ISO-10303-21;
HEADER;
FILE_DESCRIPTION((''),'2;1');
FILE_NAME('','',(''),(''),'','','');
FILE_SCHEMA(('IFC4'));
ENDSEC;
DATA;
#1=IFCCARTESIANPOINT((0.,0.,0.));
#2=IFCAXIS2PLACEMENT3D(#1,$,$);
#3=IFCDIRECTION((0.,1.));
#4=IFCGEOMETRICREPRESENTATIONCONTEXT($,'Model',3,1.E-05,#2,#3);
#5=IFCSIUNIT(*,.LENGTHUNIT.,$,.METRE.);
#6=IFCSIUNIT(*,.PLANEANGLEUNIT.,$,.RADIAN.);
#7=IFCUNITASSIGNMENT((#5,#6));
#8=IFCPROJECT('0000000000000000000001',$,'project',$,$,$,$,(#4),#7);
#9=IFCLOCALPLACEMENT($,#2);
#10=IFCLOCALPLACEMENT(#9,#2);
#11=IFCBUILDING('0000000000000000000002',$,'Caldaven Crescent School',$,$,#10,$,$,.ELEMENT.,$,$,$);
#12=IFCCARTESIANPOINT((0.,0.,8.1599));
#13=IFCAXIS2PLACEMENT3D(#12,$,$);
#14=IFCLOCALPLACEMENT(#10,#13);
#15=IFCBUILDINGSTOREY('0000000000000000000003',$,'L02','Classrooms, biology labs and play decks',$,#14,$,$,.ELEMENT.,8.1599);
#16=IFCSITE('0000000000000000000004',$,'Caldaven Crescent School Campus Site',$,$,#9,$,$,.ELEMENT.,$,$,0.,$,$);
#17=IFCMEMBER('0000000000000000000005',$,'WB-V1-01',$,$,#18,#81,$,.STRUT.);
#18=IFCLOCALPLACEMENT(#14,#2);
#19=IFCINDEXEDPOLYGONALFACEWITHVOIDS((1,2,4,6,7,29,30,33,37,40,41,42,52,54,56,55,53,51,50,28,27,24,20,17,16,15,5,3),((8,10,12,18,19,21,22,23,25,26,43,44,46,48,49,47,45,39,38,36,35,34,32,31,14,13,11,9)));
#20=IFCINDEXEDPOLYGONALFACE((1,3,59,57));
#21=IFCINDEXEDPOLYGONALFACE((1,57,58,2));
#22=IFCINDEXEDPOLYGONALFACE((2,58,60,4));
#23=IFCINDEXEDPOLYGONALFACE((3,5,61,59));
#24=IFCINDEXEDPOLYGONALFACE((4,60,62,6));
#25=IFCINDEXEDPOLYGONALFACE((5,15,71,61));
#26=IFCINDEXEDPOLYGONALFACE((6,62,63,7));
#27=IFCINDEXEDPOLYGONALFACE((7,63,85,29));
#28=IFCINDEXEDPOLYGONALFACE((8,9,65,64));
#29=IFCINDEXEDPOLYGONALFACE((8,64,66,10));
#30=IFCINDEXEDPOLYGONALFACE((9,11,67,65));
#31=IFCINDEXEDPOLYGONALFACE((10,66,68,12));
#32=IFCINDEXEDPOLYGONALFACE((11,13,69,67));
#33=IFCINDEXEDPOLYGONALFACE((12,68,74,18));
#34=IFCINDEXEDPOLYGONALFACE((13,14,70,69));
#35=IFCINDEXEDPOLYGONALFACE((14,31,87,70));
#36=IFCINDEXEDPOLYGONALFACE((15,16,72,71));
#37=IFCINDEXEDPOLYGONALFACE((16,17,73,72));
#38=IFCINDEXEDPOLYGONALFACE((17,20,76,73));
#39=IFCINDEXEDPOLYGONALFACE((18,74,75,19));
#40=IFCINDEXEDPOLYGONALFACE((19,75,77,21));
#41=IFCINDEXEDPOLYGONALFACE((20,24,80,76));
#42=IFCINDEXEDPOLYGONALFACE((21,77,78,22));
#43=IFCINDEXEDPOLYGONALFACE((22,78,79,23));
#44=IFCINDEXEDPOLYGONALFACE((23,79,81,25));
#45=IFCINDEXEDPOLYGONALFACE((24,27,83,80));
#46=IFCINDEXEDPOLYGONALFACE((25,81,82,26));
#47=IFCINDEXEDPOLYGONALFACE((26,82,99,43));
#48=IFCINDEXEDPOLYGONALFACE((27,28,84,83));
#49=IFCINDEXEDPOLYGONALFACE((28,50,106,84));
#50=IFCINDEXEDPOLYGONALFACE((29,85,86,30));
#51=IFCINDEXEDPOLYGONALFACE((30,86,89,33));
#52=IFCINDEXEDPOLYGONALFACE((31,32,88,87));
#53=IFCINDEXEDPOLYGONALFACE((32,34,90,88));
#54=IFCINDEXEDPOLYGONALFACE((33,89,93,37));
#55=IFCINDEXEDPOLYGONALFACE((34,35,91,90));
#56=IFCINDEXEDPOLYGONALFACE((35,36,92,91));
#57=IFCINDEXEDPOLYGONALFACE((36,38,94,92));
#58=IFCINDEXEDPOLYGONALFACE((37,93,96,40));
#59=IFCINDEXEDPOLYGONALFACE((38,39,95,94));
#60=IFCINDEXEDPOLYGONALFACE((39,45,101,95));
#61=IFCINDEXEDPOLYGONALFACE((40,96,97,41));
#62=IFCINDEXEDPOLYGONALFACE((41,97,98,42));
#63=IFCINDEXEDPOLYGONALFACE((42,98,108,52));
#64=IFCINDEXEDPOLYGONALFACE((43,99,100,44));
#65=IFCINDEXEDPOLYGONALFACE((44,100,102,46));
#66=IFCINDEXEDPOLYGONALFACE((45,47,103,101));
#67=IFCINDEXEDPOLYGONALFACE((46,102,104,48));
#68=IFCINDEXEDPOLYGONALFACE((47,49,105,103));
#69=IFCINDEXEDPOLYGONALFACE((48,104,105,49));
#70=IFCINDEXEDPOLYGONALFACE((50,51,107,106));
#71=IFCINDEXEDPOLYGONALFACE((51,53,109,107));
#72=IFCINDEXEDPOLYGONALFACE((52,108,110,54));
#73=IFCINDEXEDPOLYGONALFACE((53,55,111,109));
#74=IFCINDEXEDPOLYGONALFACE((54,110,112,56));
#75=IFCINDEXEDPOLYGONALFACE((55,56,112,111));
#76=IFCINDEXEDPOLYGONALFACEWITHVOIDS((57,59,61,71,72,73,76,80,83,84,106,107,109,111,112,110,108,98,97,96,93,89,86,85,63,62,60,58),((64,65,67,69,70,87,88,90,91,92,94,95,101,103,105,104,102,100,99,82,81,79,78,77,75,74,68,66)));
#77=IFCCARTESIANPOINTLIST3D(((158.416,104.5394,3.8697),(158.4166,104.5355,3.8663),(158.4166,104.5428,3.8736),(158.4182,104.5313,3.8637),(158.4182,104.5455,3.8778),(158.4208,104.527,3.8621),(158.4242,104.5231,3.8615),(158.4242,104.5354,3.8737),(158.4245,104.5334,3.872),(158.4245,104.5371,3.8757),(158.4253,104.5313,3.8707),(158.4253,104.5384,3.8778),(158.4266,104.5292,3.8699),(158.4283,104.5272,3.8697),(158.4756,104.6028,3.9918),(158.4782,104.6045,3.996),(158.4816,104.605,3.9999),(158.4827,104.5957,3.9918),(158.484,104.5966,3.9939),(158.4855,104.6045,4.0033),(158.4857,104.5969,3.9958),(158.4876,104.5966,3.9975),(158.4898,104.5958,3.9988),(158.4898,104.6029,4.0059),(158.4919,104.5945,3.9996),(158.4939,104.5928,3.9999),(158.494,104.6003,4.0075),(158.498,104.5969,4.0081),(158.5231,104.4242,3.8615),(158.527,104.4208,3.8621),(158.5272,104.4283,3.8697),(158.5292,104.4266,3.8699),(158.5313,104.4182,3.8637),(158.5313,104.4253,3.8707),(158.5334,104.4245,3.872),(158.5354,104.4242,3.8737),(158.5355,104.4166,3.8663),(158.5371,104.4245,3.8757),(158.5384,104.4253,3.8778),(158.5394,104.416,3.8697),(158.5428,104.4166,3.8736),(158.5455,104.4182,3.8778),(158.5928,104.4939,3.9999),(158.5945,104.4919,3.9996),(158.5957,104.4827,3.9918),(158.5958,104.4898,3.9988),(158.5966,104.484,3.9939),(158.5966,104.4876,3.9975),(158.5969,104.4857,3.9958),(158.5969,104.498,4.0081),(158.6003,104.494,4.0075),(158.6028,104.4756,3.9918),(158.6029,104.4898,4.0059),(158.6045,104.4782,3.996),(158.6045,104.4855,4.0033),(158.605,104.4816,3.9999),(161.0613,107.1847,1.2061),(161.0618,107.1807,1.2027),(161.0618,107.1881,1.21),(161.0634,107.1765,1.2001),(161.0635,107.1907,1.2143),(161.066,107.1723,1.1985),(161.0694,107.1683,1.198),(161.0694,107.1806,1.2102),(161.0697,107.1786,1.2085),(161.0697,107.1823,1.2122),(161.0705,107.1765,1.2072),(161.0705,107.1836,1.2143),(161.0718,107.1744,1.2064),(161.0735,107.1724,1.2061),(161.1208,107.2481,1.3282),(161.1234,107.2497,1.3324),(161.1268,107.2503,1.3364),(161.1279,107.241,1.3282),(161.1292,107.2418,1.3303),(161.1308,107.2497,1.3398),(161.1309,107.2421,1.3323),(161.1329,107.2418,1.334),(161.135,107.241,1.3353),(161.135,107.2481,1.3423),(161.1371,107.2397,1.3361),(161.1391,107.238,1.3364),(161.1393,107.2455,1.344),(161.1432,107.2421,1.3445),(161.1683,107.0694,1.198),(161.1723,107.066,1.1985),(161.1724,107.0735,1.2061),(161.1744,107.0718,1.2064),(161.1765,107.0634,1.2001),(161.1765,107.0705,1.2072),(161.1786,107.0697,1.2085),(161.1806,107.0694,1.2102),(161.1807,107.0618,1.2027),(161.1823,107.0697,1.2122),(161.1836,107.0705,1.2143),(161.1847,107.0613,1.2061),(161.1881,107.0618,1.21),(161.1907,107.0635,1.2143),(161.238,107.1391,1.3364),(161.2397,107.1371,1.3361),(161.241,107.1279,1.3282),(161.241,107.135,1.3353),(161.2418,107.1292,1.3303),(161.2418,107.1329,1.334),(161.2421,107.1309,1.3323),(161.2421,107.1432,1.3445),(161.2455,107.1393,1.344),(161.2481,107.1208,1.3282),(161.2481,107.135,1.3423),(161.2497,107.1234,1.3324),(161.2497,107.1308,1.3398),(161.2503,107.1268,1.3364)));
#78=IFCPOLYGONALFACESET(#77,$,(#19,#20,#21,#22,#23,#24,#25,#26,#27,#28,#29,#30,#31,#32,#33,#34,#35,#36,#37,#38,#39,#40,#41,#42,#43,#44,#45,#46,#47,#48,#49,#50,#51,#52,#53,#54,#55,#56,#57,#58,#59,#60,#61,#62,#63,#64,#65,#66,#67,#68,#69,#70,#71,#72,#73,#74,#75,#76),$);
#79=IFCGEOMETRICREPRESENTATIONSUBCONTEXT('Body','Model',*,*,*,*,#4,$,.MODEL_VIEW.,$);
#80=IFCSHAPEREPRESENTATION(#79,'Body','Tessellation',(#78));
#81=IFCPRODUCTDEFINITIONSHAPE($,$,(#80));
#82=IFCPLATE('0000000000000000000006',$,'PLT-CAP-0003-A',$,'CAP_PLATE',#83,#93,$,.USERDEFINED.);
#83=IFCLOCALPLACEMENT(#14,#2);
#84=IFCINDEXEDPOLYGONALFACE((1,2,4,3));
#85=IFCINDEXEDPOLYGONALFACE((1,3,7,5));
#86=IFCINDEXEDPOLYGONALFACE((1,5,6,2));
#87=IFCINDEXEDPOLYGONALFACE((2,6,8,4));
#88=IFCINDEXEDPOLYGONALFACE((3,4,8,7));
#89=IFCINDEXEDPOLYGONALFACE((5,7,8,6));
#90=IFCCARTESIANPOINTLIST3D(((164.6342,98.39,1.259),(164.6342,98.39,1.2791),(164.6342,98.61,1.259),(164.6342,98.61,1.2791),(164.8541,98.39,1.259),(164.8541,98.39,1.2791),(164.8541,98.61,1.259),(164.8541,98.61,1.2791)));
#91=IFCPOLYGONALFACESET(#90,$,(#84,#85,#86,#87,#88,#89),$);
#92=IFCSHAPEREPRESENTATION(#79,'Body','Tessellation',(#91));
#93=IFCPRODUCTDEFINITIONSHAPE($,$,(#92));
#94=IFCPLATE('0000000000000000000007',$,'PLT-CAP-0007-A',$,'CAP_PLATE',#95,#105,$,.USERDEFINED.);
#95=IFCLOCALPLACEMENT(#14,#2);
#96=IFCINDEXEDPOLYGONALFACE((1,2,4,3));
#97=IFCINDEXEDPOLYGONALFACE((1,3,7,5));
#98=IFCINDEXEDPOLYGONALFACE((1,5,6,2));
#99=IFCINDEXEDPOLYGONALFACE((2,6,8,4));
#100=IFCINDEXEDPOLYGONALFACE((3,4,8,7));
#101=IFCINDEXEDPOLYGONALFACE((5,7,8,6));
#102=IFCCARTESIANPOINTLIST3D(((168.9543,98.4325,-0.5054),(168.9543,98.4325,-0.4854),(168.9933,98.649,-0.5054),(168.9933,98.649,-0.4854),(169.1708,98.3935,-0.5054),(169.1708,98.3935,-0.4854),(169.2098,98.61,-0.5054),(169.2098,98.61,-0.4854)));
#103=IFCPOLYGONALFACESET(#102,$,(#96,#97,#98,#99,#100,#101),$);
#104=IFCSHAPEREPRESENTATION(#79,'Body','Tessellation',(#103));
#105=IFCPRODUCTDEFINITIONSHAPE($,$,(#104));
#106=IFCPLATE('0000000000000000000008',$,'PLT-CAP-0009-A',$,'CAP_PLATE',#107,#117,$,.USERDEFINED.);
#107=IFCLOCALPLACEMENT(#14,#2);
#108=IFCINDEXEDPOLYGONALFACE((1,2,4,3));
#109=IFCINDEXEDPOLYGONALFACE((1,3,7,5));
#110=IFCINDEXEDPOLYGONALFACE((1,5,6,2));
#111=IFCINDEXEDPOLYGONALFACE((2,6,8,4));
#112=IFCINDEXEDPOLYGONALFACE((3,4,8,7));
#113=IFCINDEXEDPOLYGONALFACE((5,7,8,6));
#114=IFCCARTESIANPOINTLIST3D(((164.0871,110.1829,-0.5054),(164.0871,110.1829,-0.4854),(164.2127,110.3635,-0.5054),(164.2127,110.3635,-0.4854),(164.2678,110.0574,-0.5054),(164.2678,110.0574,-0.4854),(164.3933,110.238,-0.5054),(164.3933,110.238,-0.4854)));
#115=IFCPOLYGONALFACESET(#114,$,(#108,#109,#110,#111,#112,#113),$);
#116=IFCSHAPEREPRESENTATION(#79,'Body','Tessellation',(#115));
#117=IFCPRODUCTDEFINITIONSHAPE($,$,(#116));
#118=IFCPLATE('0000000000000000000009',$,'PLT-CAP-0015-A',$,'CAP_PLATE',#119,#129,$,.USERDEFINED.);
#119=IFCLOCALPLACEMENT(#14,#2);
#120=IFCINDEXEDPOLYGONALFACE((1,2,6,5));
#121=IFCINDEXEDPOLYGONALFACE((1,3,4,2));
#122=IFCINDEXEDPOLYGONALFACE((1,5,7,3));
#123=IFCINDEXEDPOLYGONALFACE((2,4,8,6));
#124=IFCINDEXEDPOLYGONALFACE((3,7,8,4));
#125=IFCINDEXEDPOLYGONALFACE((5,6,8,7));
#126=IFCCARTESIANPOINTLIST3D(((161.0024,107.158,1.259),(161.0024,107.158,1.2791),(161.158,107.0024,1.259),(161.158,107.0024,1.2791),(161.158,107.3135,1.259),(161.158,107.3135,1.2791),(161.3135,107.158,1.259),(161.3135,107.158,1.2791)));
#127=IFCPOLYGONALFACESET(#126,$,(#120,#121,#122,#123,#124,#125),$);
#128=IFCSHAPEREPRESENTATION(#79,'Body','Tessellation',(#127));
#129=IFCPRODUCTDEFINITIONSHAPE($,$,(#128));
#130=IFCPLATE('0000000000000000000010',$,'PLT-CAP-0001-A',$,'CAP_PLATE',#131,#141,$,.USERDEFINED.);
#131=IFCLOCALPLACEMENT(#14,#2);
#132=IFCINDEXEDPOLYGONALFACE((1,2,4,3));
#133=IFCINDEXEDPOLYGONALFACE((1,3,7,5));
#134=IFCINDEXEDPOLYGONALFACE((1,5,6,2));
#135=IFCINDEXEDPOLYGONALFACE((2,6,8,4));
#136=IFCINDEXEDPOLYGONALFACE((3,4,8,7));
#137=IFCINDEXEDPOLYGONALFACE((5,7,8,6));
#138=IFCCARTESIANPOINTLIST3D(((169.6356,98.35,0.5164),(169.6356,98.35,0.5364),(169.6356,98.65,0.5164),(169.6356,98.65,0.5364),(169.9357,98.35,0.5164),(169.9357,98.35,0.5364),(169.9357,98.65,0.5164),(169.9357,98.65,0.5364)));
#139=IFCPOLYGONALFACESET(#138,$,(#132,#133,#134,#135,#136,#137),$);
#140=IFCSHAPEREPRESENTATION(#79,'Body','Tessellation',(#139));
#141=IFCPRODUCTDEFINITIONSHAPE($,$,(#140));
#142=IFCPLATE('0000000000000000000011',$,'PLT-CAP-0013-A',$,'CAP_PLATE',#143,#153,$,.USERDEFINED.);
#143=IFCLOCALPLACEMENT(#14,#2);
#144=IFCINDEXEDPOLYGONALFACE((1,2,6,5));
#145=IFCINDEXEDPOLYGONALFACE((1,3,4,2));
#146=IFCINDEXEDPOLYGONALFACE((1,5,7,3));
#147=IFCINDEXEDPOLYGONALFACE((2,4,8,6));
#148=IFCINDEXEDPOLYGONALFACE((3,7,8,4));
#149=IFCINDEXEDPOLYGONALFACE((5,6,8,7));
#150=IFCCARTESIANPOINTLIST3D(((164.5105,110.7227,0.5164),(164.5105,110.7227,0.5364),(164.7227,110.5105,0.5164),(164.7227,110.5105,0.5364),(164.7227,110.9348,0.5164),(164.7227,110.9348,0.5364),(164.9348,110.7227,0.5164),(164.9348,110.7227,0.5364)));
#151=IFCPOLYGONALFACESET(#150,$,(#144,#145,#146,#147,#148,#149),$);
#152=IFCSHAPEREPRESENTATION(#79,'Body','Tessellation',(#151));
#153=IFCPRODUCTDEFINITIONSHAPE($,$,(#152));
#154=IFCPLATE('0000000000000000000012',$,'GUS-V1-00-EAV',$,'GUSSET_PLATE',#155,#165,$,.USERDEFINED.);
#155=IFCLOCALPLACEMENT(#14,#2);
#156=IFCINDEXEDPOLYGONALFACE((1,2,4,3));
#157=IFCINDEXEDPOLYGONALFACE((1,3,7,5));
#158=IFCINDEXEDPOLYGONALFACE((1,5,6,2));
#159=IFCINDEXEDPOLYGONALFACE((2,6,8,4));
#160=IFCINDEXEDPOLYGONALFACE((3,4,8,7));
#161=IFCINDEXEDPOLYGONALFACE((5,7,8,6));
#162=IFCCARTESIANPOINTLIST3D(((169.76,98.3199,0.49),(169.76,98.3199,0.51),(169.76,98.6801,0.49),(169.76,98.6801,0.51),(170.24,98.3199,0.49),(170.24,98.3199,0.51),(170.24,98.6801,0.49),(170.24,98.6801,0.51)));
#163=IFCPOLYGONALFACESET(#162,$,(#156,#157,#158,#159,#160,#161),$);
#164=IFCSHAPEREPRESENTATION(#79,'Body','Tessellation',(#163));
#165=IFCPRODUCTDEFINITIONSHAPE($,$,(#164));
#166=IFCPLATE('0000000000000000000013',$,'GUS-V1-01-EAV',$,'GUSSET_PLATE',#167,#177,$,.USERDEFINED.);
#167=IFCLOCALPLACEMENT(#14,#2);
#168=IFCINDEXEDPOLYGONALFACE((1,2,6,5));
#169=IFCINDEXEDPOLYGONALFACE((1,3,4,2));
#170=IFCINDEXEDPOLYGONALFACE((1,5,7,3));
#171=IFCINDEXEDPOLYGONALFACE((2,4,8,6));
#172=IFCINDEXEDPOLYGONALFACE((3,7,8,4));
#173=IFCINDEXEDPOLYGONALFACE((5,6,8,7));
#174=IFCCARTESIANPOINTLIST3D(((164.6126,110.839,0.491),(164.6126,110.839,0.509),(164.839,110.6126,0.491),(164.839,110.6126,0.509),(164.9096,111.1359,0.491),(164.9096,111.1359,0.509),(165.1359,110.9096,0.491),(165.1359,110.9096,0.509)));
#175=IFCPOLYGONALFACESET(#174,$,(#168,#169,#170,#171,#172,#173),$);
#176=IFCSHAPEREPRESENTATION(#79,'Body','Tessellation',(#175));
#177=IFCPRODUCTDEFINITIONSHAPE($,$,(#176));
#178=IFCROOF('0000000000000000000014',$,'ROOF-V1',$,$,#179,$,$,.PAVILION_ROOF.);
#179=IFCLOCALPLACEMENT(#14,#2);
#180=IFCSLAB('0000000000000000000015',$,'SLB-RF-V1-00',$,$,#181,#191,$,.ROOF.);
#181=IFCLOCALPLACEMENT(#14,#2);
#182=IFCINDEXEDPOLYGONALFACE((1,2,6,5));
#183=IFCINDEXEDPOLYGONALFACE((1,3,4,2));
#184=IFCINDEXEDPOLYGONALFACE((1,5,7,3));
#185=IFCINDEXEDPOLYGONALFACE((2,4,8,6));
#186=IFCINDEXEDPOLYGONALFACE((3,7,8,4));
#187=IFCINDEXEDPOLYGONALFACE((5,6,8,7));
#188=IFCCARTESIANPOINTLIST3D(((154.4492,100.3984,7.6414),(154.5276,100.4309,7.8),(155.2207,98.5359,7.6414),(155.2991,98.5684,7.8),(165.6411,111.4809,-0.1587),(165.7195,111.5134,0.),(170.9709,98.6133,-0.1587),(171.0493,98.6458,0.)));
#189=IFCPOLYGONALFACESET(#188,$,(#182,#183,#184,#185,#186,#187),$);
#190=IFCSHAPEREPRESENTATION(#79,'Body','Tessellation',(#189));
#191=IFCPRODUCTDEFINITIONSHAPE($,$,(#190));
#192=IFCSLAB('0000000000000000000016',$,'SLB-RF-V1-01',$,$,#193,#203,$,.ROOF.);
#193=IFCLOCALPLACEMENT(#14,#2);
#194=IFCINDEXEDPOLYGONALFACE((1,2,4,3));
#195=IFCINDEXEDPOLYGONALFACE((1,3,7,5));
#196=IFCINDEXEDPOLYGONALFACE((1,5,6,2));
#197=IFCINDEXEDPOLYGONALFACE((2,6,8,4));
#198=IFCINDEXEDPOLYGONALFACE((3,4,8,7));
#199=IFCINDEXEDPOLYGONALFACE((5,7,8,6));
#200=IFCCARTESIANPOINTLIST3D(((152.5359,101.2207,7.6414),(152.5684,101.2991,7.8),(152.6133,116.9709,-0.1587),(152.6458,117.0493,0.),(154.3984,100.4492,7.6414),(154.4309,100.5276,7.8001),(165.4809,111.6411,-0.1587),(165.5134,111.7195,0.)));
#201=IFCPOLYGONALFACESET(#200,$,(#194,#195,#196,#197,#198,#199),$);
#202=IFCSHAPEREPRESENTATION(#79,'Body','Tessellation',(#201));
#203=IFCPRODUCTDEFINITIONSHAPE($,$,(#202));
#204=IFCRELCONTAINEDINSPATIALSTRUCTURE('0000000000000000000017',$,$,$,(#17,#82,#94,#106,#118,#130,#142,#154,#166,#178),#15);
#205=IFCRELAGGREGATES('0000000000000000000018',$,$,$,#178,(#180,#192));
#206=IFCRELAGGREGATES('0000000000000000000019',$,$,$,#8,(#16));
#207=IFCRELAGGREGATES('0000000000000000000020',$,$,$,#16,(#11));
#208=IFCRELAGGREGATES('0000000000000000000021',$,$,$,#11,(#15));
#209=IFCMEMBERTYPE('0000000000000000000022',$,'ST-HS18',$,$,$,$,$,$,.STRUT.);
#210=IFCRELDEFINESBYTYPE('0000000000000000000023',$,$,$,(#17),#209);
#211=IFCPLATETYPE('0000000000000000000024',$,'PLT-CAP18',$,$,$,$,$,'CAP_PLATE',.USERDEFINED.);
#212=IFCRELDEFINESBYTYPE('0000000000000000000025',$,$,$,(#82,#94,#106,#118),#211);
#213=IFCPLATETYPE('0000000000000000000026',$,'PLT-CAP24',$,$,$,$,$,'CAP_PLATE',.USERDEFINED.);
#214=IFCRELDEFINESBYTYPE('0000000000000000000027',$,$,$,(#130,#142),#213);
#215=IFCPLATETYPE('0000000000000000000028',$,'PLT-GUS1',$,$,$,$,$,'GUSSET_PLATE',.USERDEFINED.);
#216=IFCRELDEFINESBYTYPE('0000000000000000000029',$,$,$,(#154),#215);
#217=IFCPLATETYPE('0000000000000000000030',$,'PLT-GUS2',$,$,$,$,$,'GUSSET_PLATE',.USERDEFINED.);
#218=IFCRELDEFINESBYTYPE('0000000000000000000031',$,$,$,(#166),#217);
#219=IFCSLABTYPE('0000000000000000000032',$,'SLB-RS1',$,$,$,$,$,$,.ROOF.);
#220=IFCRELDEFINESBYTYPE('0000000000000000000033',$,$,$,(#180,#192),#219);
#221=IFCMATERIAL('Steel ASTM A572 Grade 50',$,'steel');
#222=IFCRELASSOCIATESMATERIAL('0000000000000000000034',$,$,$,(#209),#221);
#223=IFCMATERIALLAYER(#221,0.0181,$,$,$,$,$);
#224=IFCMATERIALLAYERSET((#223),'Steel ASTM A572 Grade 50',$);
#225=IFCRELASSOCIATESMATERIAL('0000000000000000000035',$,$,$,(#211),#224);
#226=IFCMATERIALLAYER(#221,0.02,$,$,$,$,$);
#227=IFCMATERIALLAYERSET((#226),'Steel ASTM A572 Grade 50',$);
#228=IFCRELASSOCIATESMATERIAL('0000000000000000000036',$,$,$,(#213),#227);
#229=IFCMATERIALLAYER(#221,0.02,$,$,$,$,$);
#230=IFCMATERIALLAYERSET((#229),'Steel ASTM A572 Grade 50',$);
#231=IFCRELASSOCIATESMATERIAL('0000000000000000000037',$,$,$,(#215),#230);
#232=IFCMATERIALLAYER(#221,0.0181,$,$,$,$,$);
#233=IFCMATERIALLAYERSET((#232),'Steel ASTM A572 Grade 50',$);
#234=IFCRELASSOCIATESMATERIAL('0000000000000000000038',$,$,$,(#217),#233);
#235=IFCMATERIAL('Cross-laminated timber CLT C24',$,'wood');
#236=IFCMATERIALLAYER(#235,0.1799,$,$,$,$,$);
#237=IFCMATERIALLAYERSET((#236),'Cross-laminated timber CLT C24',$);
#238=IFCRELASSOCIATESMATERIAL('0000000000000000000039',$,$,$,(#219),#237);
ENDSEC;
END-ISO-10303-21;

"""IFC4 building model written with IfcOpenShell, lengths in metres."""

from ifc_helpers import new_model, si_unit, direction, frame, origin, origin_2d, place, context, subcontext, project, spatial, polyline, rectangle, hollow_rectangle, outline, extrude, material, layer, layer_set, material_profile, profile_set, type_object, element, aggregate, save


model = new_model("IFC4")

# Units and contexts
model_context = context("Model", 3, precision=1e-05, world=origin(), true_north=direction((0.0, 1.0)))
body_context = subcontext(model_context, "Body", "Model", "MODEL_VIEW")
ifc_project = project(units=[si_unit("LENGTHUNIT", "METRE"), si_unit("PLANEANGLEUNIT", "RADIAN")], contexts=[model_context])

# Site, building, storey
site_placement = place(None, origin())
site = spatial("IfcSite", under=ifc_project, at=site_placement, Name="Caldaven Crescent School Campus Site", CompositionType="ELEMENT", RefElevation=0.0)
building_placement = place(site_placement, origin())
building = spatial("IfcBuilding", under=site, at=building_placement, Name="Caldaven Crescent School", CompositionType="ELEMENT")
storey_placement = place(building_placement, frame((0.0, 0.0, 8.1599)))
storey = spatial("IfcBuildingStorey", under=building, at=storey_placement, Name="L02", Description="Classrooms, biology labs and play decks", CompositionType="ELEMENT", Elevation=8.1599)

# Shared definitions
ifc_material_1 = material(Name="Steel ASTM A572 Grade 50", Category="steel")

# Member
ifc_material_profile_1 = material_profile(ifc_material_1, hollow_rectangle(XDim=0.1799, YDim=0.1799, WallThickness=0.01, InnerFilletRadius=0.01, OuterFilletRadius=0.02, at=origin_2d()), Name="HSS 180x180x10")
ifc_profile_set_1 = profile_set([ifc_material_profile_1], Name="Steel ASTM A572 Grade 50")
member_type_1 = type_object("IfcMemberType", Name="ST-HS18", PredefinedType="STRUT", material=ifc_profile_set_1)
member_1_placement = place(storey_placement, frame((161.1558, 107.1558, 1.2712), z_axis=(-0.576018, -0.576018, 0.580005), x_axis=(0.707107, -0.707107, 0.0)))
element("IfcMember", 1, at=member_1_placement, inside=storey, type_object=member_type_1, Name="WB-V1-01", PredefinedType="STRUT", context=body_context, shape_type="SweptSolid", body=[
    extrude(hollow_rectangle(XDim=0.1799, YDim=0.1799, WallThickness=0.01, InnerFilletRadius=0.01, OuterFilletRadius=0.02, at=origin_2d()), origin(), (0.0, 0.0, 1.0), 4.5923),
])

# Plates
ifc_layer_1 = layer(ifc_material_1, 0.0181)
ifc_layer_set_1 = layer_set([ifc_layer_1], Name="Steel ASTM A572 Grade 50")
plate_type_1 = type_object("IfcPlateType", Name="PLT-CAP18", ElementType="CAP_PLATE", PredefinedType="USERDEFINED", material=ifc_layer_set_1)
for number, where, z_axis, x_axis, name in (
    (2, (164.7441, 98.5, 1.259), (0.0, 0.0, 1.0), (-1.0, 0.0, 0.0), "PLT-CAP-0003-A"),
    (3, (169.082, 98.5212, -0.5054), (0.0, 0.0, 1.0), (-0.984196, 0.177085, 0.0), "PLT-CAP-0007-A"),
    (4, (164.2402, 110.2104, -0.5054), (0.0, 0.0, 1.0), (-0.570714, -0.821149, 0.0), "PLT-CAP-0009-A"),
    (5, (161.158, 107.158, 1.259), (0.0, 0.0, 1.0), (-0.707107, -0.707107, 0.0), "PLT-CAP-0015-A"),
):
    element("IfcPlate", number, at=place(storey_placement, frame(where, z_axis=z_axis, x_axis=x_axis)), inside=storey, type_object=plate_type_1, Name=name, ObjectType="CAP_PLATE", PredefinedType="USERDEFINED", context=body_context, shape_type="SweptSolid", body=[
        extrude(rectangle(XDim=0.22, YDim=0.22, at=origin_2d()), origin(), (0.0, 0.0, 1.0), 0.02),
    ])
ifc_layer_2 = layer(ifc_material_1, 0.02)
ifc_layer_set_2 = layer_set([ifc_layer_2], Name="Steel ASTM A572 Grade 50")
plate_type_2 = type_object("IfcPlateType", Name="PLT-CAP24", ElementType="CAP_PLATE", PredefinedType="USERDEFINED", material=ifc_layer_set_2)
for number, where, z_axis, x_axis, name in (
    (6, (169.7856, 98.5, 0.5164), (0.0, 0.0, 1.0), (-1.0, 0.0, 0.0), "PLT-CAP-0001-A"),
    (7, (164.7227, 110.7227, 0.5164), (0.0, 0.0, 1.0), (-0.707107, -0.707107, 0.0), "PLT-CAP-0013-A"),
):
    element("IfcPlate", number, at=place(storey_placement, frame(where, z_axis=z_axis, x_axis=x_axis)), inside=storey, type_object=plate_type_2, Name=name, ObjectType="CAP_PLATE", PredefinedType="USERDEFINED", context=body_context, shape_type="SweptSolid", body=[
        extrude(rectangle(XDim=0.3, YDim=0.3, at=origin_2d()), origin(), (0.0, 0.0, 1.0), 0.02),
    ])
ifc_layer_3 = layer(ifc_material_1, 0.02)
ifc_layer_set_3 = layer_set([ifc_layer_3], Name="Steel ASTM A572 Grade 50")
plate_type_3 = type_object("IfcPlateType", Name="PLT-GUS1", ElementType="GUSSET_PLATE", PredefinedType="USERDEFINED", material=ifc_layer_set_3)
plate_1_placement = place(storey_placement, frame((170.0, 98.5, 0.49), z_axis=(0.0, 0.0, 1.0), x_axis=(1.0, 0.0, 0.0)))
element("IfcPlate", 8, at=plate_1_placement, inside=storey, type_object=plate_type_3, Name="GUS-V1-00-EAV", ObjectType="GUSSET_PLATE", PredefinedType="USERDEFINED", context=body_context, shape_type="SweptSolid", body=[
    extrude(rectangle(XDim=0.48, YDim=0.3601, at=origin_2d()), origin(), (0.0, 0.0, 1.0), 0.02),
])
ifc_layer_4 = layer(ifc_material_1, 0.0181)
ifc_layer_set_4 = layer_set([ifc_layer_4], Name="Steel ASTM A572 Grade 50")
plate_type_4 = type_object("IfcPlateType", Name="PLT-GUS2", ElementType="GUSSET_PLATE", PredefinedType="USERDEFINED", material=ifc_layer_set_4)
plate_2_placement = place(storey_placement, frame((164.8743, 110.8743, 0.491), z_axis=(0.0, 0.0, 1.0), x_axis=(0.707107, 0.707107, 0.0)))
element("IfcPlate", 9, at=plate_2_placement, inside=storey, type_object=plate_type_4, Name="GUS-V1-01-EAV", ObjectType="GUSSET_PLATE", PredefinedType="USERDEFINED", context=body_context, shape_type="SweptSolid", body=[
    extrude(rectangle(XDim=0.4199, YDim=0.3201, at=origin_2d()), origin(), (0.0, 0.0, 1.0), 0.0181),
])

# Roof, slabs
roof_placement = place(storey_placement, origin())
roof = element("IfcRoof", 10, at=roof_placement, inside=storey, Name="ROOF-V1", PredefinedType="PAVILION_ROOF")
ifc_material_2 = material(Name="Cross-laminated timber CLT C24", Category="wood")
ifc_layer_5 = layer(ifc_material_2, 0.1799)
ifc_layer_set_5 = layer_set([ifc_layer_5], Name="Cross-laminated timber CLT C24")
slab_type = type_object("IfcSlabType", Name="SLB-RS1", PredefinedType="ROOF", material=ifc_layer_set_5)
slab_1_placement = place(storey_placement, frame((171.0493, 98.6458, 0.0), z_axis=(0.435791, 0.180506, 0.881762), x_axis=(-0.382675, 0.923883, 0.0)))
slab_1 = element("IfcSlab", 11, at=slab_1_placement, type_object=slab_type, Name="SLB-RF-V1-00", PredefinedType="ROOF", context=body_context, shape_type="SweptSolid", body=[
    extrude(outline(polyline([(0.0, 0.0), (13.9278, 0.0), (7.9717, 16.5362), (5.9557, 16.5362), (0.0, 0.0)])), origin(), (0.0, 0.0, -1.0), 0.1799),
])
slab_2_placement = place(storey_placement, frame((165.5134, 111.7195, 0.0), z_axis=(0.180506, 0.435791, 0.881762), x_axis=(-0.923883, 0.382675, 0.0)))
slab_2 = element("IfcSlab", 12, at=slab_2_placement, type_object=slab_type, Name="SLB-RF-V1-01", PredefinedType="ROOF", context=body_context, shape_type="SweptSolid", body=[
    extrude(outline(polyline([(0.0, 0.0), (13.9278, 0.0), (7.9721, 16.5362), (5.9561, 16.5362), (0.0, 0.0)])), origin(), (0.0, 0.0, -1.0), 0.1799),
])
aggregate(roof, [slab_1, slab_2])

save(model, "model.ifc")
